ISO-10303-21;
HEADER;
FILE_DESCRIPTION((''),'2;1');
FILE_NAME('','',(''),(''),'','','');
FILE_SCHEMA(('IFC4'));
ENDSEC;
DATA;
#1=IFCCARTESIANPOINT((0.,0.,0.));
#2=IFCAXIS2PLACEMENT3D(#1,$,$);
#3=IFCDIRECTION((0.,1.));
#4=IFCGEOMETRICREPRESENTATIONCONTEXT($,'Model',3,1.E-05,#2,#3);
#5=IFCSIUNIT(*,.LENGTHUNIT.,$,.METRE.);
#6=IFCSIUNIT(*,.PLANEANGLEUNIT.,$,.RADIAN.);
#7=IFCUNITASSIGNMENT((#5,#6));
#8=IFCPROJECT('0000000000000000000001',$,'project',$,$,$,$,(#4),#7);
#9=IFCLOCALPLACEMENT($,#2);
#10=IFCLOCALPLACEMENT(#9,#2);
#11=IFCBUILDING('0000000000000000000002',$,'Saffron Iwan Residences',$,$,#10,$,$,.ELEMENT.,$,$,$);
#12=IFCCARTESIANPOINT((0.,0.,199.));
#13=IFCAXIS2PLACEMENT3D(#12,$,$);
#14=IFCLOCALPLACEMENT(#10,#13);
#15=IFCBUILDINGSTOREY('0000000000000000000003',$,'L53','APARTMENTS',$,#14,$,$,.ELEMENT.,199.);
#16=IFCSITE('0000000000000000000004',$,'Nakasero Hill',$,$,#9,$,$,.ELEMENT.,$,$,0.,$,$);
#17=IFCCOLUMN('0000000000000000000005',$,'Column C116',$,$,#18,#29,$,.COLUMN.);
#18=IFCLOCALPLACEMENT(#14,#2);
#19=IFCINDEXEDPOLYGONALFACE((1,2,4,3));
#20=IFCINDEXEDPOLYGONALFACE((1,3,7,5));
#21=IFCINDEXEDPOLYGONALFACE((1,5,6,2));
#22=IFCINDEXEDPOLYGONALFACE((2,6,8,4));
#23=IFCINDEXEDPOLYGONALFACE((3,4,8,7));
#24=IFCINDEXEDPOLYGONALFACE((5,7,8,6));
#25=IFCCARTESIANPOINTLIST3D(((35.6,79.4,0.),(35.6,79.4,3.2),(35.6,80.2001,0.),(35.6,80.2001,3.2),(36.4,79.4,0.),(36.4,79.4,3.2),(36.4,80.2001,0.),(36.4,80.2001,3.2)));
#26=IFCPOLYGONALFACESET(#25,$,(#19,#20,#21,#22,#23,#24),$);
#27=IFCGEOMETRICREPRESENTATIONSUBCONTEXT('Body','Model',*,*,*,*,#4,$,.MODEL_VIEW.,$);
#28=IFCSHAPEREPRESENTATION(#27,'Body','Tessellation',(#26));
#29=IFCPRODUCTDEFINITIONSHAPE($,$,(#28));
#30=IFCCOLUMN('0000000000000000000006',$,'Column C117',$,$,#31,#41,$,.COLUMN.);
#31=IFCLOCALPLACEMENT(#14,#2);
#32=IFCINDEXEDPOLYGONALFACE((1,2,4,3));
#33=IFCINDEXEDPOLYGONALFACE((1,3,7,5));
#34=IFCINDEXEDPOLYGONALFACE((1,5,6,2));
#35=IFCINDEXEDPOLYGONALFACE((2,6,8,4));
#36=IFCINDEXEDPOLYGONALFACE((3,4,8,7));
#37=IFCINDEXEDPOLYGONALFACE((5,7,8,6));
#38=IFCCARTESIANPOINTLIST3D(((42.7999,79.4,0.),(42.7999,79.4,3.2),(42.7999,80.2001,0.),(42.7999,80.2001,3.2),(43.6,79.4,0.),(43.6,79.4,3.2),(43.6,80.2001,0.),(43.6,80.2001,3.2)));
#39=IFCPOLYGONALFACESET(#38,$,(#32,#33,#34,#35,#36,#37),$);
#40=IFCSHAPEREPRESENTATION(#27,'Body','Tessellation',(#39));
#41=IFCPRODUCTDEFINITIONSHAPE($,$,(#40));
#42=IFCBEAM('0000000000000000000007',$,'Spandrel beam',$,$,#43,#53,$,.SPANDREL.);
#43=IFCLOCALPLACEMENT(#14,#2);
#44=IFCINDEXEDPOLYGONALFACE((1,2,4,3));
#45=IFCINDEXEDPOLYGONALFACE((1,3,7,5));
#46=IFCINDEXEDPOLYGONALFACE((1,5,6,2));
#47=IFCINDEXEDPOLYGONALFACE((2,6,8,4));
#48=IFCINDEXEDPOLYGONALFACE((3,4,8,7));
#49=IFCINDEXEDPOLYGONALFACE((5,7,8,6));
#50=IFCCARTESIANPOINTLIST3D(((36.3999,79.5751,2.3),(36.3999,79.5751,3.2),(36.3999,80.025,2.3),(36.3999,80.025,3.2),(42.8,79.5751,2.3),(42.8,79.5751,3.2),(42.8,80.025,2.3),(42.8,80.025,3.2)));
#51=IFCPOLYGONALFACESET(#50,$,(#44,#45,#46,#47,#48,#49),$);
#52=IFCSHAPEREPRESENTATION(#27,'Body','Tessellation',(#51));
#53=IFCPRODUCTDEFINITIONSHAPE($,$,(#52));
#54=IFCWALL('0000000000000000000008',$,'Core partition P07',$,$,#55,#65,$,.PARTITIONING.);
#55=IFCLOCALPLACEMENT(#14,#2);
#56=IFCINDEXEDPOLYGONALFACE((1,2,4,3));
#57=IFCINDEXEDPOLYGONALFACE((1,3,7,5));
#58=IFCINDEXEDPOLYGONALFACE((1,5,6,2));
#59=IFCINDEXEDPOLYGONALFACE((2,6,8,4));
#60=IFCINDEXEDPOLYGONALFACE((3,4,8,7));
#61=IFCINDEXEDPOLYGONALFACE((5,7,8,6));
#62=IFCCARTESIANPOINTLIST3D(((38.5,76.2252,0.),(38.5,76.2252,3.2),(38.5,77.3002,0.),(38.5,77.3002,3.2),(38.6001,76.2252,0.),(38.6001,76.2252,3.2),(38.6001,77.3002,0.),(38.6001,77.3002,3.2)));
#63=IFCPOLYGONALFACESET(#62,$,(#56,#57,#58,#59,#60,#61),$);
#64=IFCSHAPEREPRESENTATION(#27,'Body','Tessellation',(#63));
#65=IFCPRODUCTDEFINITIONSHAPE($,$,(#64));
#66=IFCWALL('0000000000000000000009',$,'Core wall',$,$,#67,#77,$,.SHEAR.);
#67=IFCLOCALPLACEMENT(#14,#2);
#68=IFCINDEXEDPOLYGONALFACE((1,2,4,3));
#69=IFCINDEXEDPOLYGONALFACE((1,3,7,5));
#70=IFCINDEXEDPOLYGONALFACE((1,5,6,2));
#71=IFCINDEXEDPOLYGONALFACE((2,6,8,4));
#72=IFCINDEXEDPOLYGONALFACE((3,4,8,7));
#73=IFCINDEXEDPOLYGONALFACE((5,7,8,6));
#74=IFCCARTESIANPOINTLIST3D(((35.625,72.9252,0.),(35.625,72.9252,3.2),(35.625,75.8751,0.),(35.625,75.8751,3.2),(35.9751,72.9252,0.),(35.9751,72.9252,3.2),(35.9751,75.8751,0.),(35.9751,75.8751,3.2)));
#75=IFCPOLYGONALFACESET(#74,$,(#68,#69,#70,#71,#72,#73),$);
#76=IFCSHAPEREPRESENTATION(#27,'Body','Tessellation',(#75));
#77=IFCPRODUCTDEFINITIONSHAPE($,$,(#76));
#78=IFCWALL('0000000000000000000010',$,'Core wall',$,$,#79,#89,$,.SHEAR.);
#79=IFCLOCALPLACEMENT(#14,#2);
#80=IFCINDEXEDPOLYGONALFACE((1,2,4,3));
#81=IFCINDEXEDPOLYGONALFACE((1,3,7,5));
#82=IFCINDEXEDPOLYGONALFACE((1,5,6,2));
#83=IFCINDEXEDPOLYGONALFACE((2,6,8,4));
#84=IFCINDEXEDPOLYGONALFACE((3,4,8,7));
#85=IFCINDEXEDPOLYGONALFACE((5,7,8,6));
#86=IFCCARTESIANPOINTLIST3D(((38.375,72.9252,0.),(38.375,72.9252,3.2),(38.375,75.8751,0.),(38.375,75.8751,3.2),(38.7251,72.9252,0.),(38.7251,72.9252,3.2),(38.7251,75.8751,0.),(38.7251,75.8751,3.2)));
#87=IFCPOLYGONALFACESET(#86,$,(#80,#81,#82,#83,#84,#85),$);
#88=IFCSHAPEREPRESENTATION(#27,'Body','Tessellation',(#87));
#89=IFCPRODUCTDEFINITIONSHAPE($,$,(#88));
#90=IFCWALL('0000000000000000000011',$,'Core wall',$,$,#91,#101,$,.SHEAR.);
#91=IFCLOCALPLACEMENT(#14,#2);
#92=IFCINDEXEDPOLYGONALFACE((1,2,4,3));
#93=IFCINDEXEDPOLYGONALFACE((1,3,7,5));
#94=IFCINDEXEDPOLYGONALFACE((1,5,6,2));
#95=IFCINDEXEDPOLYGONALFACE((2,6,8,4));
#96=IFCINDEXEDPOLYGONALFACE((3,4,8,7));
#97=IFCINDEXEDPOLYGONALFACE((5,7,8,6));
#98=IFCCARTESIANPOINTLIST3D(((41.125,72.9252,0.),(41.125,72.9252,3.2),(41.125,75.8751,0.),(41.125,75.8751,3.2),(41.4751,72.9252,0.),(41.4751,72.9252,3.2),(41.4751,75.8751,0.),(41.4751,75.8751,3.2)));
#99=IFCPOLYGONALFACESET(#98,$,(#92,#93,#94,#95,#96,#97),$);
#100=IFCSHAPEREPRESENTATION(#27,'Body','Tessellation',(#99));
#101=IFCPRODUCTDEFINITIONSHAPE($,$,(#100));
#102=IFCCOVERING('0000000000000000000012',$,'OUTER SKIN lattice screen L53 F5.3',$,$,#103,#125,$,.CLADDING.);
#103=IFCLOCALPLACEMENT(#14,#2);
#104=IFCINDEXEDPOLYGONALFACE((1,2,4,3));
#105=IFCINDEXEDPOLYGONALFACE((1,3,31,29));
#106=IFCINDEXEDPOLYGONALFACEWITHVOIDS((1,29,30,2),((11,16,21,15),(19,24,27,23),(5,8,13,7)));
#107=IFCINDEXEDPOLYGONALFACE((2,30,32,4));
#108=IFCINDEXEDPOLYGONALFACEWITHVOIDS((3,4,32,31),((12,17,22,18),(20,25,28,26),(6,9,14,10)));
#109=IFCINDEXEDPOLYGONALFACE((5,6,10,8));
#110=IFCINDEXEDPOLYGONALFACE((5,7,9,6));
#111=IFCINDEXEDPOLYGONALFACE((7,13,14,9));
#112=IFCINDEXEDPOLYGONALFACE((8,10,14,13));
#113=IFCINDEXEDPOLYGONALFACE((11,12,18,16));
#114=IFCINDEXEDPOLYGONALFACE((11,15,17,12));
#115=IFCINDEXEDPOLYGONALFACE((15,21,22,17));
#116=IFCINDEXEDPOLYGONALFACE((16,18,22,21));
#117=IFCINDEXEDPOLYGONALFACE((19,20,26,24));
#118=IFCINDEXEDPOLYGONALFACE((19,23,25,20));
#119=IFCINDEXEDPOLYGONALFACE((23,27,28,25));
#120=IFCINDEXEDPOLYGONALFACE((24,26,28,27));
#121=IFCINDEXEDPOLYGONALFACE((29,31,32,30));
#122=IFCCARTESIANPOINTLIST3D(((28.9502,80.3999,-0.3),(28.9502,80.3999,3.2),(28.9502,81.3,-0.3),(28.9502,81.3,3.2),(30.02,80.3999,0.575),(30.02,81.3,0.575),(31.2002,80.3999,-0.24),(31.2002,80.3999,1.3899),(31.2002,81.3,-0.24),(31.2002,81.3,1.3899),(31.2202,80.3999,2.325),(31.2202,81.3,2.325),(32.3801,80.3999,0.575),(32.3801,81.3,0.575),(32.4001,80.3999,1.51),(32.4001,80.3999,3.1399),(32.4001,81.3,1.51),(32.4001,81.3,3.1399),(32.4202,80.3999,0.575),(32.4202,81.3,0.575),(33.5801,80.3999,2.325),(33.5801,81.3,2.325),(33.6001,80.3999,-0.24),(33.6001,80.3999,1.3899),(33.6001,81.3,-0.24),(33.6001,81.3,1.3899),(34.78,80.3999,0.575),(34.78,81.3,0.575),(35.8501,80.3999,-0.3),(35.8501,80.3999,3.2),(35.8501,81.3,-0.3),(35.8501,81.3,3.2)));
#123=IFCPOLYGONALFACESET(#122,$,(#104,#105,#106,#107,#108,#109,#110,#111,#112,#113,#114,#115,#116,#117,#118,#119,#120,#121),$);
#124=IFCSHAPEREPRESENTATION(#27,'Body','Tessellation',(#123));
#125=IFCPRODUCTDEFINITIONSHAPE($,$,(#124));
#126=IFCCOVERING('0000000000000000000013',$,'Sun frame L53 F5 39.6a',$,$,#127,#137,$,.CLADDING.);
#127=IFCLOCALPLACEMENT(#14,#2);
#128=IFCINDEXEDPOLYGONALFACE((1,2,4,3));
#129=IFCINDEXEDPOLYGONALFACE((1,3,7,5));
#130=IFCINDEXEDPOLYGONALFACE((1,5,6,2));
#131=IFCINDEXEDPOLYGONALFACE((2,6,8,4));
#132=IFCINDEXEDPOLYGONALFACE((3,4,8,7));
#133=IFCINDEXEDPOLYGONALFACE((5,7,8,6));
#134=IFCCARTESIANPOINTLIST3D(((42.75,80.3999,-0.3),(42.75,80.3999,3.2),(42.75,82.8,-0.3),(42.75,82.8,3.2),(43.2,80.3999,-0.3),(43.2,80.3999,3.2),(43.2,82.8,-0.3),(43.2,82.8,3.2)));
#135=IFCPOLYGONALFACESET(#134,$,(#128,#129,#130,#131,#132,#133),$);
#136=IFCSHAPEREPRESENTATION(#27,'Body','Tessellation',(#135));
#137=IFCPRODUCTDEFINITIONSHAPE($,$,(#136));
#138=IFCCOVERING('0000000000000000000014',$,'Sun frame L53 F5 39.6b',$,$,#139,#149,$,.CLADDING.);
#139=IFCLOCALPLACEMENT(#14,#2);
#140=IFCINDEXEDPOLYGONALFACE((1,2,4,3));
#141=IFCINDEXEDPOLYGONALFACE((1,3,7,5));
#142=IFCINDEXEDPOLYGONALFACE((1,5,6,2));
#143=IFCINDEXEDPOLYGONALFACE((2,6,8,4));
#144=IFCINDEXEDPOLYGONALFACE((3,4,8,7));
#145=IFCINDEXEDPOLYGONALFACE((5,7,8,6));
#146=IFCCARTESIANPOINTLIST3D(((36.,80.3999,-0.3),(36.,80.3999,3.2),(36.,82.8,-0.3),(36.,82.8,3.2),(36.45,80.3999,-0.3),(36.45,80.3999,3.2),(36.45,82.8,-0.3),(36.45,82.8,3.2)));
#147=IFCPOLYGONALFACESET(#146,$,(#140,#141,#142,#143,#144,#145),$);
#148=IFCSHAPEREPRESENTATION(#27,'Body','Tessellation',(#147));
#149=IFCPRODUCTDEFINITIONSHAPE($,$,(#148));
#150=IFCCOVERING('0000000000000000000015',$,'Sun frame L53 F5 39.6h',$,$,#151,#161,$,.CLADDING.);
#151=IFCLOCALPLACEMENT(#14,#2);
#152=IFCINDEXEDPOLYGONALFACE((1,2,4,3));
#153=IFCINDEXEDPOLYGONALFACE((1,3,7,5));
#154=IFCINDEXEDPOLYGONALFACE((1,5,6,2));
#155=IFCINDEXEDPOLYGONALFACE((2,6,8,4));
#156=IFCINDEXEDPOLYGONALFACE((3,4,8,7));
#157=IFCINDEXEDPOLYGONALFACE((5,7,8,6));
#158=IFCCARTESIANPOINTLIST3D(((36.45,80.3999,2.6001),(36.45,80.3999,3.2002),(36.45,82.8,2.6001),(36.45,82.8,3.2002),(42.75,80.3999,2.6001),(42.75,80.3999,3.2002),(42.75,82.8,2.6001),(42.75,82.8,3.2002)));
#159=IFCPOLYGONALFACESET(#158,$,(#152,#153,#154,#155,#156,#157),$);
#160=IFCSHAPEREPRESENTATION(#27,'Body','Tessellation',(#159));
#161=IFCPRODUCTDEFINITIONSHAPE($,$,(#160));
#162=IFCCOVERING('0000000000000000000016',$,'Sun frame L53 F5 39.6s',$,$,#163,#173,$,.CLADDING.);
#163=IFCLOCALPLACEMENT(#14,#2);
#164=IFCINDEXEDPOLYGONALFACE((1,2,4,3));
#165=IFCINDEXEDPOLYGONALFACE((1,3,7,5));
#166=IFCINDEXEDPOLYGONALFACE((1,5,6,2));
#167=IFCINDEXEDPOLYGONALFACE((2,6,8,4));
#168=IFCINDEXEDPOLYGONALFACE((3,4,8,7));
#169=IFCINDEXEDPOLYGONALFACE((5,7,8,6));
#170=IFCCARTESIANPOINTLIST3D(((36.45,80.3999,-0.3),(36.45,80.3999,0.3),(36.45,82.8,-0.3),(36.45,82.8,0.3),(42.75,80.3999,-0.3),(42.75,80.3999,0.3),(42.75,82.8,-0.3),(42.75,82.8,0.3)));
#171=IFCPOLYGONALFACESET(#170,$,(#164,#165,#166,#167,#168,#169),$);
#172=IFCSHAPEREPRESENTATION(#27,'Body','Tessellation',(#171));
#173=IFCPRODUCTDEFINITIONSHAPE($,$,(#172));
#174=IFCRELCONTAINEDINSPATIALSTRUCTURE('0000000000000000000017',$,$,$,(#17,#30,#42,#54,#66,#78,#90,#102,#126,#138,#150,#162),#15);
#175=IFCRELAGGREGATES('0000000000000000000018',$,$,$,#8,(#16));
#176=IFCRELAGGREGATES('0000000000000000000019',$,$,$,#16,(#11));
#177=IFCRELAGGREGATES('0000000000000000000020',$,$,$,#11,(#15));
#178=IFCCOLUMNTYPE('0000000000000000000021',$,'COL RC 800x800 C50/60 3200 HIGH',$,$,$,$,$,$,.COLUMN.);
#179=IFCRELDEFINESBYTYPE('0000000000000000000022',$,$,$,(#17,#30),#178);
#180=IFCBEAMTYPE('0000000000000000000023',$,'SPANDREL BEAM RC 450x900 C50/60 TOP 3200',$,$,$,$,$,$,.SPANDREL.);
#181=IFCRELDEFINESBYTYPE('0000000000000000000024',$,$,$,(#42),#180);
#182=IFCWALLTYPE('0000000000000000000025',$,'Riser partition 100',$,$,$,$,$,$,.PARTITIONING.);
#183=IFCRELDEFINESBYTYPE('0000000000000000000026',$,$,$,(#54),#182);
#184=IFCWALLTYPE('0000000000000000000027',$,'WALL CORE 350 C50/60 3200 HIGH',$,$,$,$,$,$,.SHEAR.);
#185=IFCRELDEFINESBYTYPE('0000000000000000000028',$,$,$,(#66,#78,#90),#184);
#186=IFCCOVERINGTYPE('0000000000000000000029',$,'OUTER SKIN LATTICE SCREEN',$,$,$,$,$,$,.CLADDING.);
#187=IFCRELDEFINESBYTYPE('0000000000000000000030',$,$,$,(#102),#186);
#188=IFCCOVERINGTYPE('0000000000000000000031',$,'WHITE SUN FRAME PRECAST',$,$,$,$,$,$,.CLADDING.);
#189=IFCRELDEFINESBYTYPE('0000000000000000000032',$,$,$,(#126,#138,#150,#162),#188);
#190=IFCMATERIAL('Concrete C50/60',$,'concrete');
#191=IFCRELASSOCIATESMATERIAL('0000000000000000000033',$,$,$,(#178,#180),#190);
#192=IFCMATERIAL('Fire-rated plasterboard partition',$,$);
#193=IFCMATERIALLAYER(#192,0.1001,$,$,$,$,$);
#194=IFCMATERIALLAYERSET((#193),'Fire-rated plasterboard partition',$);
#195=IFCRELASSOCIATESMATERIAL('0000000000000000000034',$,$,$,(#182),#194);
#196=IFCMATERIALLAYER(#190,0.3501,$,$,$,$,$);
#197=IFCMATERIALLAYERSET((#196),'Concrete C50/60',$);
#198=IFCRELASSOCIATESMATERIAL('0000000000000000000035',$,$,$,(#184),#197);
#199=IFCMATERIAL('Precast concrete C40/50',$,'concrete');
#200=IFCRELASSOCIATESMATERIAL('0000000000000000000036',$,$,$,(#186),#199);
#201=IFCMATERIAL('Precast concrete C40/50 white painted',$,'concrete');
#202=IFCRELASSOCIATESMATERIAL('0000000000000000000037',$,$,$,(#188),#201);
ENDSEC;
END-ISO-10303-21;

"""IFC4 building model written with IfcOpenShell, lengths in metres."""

from ifc_helpers import new_model, si_unit, direction, frame, frame_2d, origin, origin_2d, place, context, subcontext, project, spatial, polyline, rectangle, outline, extrude, source, transform, mapped, material, layer, layer_set, material_profile, profile_set, type_object, element, save


model = new_model("IFC4")

# Units and contexts
model_context = context("Model", 3, precision=1e-05, world=origin(), true_north=direction((0.0, 1.0)))
body_context = subcontext(model_context, "Body", "Model", "MODEL_VIEW")
ifc_project = project(units=[si_unit("LENGTHUNIT", "METRE"), si_unit("PLANEANGLEUNIT", "RADIAN")], contexts=[model_context])

# Site, building, storey
site_placement = place(None, origin())
site = spatial("IfcSite", under=ifc_project, at=site_placement, Name="Nakasero Hill", CompositionType="ELEMENT", RefElevation=0.0)
building_placement = place(site_placement, origin())
building = spatial("IfcBuilding", under=site, at=building_placement, Name="Saffron Iwan Residences", CompositionType="ELEMENT")
storey_placement = place(building_placement, frame((0.0, 0.0, 199.0)))
storey = spatial("IfcBuildingStorey", under=building, at=storey_placement, Name="L53", Description="APARTMENTS", CompositionType="ELEMENT", Elevation=199.0)

# Columns
ifc_material_1 = material(Name="Concrete C50/60", Category="concrete")
ifc_material_profile_1 = material_profile(ifc_material_1, rectangle(XDim=0.8, YDim=0.8, at=origin_2d()), Name="RC 800x800")
ifc_profile_set_1 = profile_set([ifc_material_profile_1], Name="Concrete C50/60")
column_type = type_object("IfcColumnType", Name="COL RC 800x800 C50/60 3200 HIGH", PredefinedType="COLUMN", material=ifc_profile_set_1)
shared_shape_1 = source(origin(), body_context, "Body", "SweptSolid", [
    extrude(rectangle(XDim=0.8, YDim=0.8, at=origin_2d()), origin(), (0.0, 0.0, 1.0), 3.2),
])
for number, where, z_axis, x_axis, name in (
    (1, (36.0, 79.8, 0.0), (0.0, 0.0, 1.0), (1.0, 0.0, 0.0), "Column C116"),
    (2, (43.2, 79.8, 0.0), (0.0, 0.0, 1.0), (1.0, 0.0, 0.0), "Column C117"),
):
    element("IfcColumn", number, at=place(storey_placement, frame(where, z_axis=z_axis, x_axis=x_axis)), inside=storey, type_object=column_type, Name=name, PredefinedType="COLUMN", context=body_context, shape_type="MappedRepresentation", body=[
        mapped(shared_shape_1, transform((0.0, 0.0, 0.0))),
    ])

# Beam
ifc_material_profile_2 = material_profile(ifc_material_1, rectangle(XDim=0.45, YDim=0.8999, at=origin_2d()), Name="RC 450x900")
ifc_profile_set_2 = profile_set([ifc_material_profile_2], Name="Concrete C50/60")
beam_type = type_object("IfcBeamType", Name="SPANDREL BEAM RC 450x900 C50/60 TOP 3200", PredefinedType="SPANDREL", material=ifc_profile_set_2)
shared_shape_2 = source(origin(), body_context, "Body", "SweptSolid", [
    extrude(rectangle(XDim=0.45, YDim=0.8999, at=origin_2d()), origin(), (0.0, 0.0, 1.0), 6.4001),
])
beam_placement = place(storey_placement, frame((36.3999, 79.8, 2.75), z_axis=(1.0, 0.0, 0.0), x_axis=(0.0, 1.0, 0.0)))
element("IfcBeam", 3, at=beam_placement, inside=storey, type_object=beam_type, Name="Spandrel beam", PredefinedType="SPANDREL", context=body_context, shape_type="MappedRepresentation", body=[
    mapped(shared_shape_2, transform((0.0, 0.0, 0.0))),
])

# Walls
ifc_material_2 = material(Name="Fire-rated plasterboard partition")
ifc_layer_1 = layer(ifc_material_2, 0.1001)
ifc_layer_set_1 = layer_set([ifc_layer_1], Name="Fire-rated plasterboard partition")
wall_type_1 = type_object("IfcWallType", Name="Riser partition 100", PredefinedType="PARTITIONING", material=ifc_layer_set_1)
wall_placement = place(storey_placement, frame((38.55, 76.2251, 0.0), z_axis=(0.0, 0.0, 1.0), x_axis=(0.0, 1.0, 0.0)))
element("IfcWall", 4, at=wall_placement, inside=storey, type_object=wall_type_1, Name="Core partition P07", PredefinedType="PARTITIONING", context=body_context, shape_type="SweptSolid", body=[
    extrude(rectangle(XDim=1.075, YDim=0.1001, at=frame_2d((0.5376, 0.0))), origin(), (0.0, 0.0, 1.0), 3.2),
])
ifc_layer_2 = layer(ifc_material_1, 0.3501)
ifc_layer_set_2 = layer_set([ifc_layer_2], Name="Concrete C50/60")
wall_type_2 = type_object("IfcWallType", Name="WALL CORE 350 C50/60 3200 HIGH", PredefinedType="SHEAR", material=ifc_layer_set_2)
for number, where, z_axis, x_axis, name in (
    (5, (35.8, 72.925, 0.0), (0.0, 0.0, 1.0), (0.0, 1.0, 0.0), "Core wall"),
    (6, (38.55, 72.925, 0.0), (0.0, 0.0, 1.0), (0.0, 1.0, 0.0), "Core wall"),
    (7, (41.3, 72.925, 0.0), (0.0, 0.0, 1.0), (0.0, 1.0, 0.0), "Core wall"),
):
    element("IfcWall", number, at=place(storey_placement, frame(where, z_axis=z_axis, x_axis=x_axis)), inside=storey, type_object=wall_type_2, Name=name, PredefinedType="SHEAR", context=body_context, shape_type="SweptSolid", body=[
        extrude(rectangle(XDim=2.95, YDim=0.3501, at=frame_2d((1.4751, 0.0))), origin(), (0.0, 0.0, 1.0), 3.2),
    ])

# Coverings
ifc_material_3 = material(Name="Precast concrete C40/50", Category="concrete")
covering_type_1 = type_object("IfcCoveringType", Name="OUTER SKIN LATTICE SCREEN", PredefinedType="CLADDING", material=ifc_material_3)
covering_placement = place(storey_placement, frame((35.8501, 80.3999, -0.3), z_axis=(0.0, 1.0, 0.0), x_axis=(-1.0, 0.0, 0.0)))
element("IfcCovering", 8, at=covering_placement, inside=storey, type_object=covering_type_1, Name="OUTER SKIN lattice screen L53 F5.3", PredefinedType="CLADDING", context=body_context, shape_type="SweptSolid", body=[
    extrude(outline(polyline([(0.0, 0.0), (6.8999, 0.0), (6.8999, 3.5), (0.0, 3.5), (0.0, 0.0)]), holes=[polyline([(1.0701, 0.875), (2.25, 0.0601), (3.4299, 0.875), (2.25, 1.6899), (1.0701, 0.875)]), polyline([(3.47, 0.875), (4.6499, 0.0601), (5.8301, 0.875), (4.6499, 1.6899), (3.47, 0.875)]), polyline([(2.27, 2.625), (3.45, 1.8101), (4.6299, 2.625), (3.45, 3.4399), (2.27, 2.625)])]), origin(), (0.0, 0.0, 1.0), 0.9001),
])
ifc_material_4 = material(Name="Precast concrete C40/50 white painted", Category="concrete")
covering_type_2 = type_object("IfcCoveringType", Name="WHITE SUN FRAME PRECAST", PredefinedType="CLADDING", material=ifc_material_4)
for number, where, z_axis, x_axis, name in (
    (9, (43.2, 80.3999, -0.3), (0.0, 1.0, 0.0), (-1.0, 0.0, 0.0), "Sun frame L53 F5 39.6a"),
    (10, (36.45, 80.3999, -0.3), (0.0, 1.0, 0.0), (-1.0, 0.0, 0.0), "Sun frame L53 F5 39.6b"),
):
    element("IfcCovering", number, at=place(storey_placement, frame(where, z_axis=z_axis, x_axis=x_axis)), inside=storey, type_object=covering_type_2, Name=name, PredefinedType="CLADDING", context=body_context, shape_type="SweptSolid", body=[
        extrude(outline(polyline([(0.0, 0.0), (0.45, 0.0), (0.45, 3.5), (0.0, 3.5), (0.0, 0.0)])), origin(), (0.0, 0.0, 1.0), 2.4001),
    ])
for number, where, z_axis, x_axis, name in (
    (11, (42.75, 80.3999, 2.6001), (0.0, 1.0, 0.0), (-1.0, 0.0, 0.0), "Sun frame L53 F5 39.6h"),
    (12, (42.75, 80.3999, -0.3), (0.0, 1.0, 0.0), (-1.0, 0.0, 0.0), "Sun frame L53 F5 39.6s"),
):
    element("IfcCovering", number, at=place(storey_placement, frame(where, z_axis=z_axis, x_axis=x_axis)), inside=storey, type_object=covering_type_2, Name=name, PredefinedType="CLADDING", context=body_context, shape_type="SweptSolid", body=[
        extrude(outline(polyline([(0.0, 0.0), (6.3, 0.0), (6.3, 0.6001), (0.0, 0.6001), (0.0, 0.0)])), origin(), (0.0, 0.0, 1.0), 2.4001),
    ])

save(model, "model.ifc")
